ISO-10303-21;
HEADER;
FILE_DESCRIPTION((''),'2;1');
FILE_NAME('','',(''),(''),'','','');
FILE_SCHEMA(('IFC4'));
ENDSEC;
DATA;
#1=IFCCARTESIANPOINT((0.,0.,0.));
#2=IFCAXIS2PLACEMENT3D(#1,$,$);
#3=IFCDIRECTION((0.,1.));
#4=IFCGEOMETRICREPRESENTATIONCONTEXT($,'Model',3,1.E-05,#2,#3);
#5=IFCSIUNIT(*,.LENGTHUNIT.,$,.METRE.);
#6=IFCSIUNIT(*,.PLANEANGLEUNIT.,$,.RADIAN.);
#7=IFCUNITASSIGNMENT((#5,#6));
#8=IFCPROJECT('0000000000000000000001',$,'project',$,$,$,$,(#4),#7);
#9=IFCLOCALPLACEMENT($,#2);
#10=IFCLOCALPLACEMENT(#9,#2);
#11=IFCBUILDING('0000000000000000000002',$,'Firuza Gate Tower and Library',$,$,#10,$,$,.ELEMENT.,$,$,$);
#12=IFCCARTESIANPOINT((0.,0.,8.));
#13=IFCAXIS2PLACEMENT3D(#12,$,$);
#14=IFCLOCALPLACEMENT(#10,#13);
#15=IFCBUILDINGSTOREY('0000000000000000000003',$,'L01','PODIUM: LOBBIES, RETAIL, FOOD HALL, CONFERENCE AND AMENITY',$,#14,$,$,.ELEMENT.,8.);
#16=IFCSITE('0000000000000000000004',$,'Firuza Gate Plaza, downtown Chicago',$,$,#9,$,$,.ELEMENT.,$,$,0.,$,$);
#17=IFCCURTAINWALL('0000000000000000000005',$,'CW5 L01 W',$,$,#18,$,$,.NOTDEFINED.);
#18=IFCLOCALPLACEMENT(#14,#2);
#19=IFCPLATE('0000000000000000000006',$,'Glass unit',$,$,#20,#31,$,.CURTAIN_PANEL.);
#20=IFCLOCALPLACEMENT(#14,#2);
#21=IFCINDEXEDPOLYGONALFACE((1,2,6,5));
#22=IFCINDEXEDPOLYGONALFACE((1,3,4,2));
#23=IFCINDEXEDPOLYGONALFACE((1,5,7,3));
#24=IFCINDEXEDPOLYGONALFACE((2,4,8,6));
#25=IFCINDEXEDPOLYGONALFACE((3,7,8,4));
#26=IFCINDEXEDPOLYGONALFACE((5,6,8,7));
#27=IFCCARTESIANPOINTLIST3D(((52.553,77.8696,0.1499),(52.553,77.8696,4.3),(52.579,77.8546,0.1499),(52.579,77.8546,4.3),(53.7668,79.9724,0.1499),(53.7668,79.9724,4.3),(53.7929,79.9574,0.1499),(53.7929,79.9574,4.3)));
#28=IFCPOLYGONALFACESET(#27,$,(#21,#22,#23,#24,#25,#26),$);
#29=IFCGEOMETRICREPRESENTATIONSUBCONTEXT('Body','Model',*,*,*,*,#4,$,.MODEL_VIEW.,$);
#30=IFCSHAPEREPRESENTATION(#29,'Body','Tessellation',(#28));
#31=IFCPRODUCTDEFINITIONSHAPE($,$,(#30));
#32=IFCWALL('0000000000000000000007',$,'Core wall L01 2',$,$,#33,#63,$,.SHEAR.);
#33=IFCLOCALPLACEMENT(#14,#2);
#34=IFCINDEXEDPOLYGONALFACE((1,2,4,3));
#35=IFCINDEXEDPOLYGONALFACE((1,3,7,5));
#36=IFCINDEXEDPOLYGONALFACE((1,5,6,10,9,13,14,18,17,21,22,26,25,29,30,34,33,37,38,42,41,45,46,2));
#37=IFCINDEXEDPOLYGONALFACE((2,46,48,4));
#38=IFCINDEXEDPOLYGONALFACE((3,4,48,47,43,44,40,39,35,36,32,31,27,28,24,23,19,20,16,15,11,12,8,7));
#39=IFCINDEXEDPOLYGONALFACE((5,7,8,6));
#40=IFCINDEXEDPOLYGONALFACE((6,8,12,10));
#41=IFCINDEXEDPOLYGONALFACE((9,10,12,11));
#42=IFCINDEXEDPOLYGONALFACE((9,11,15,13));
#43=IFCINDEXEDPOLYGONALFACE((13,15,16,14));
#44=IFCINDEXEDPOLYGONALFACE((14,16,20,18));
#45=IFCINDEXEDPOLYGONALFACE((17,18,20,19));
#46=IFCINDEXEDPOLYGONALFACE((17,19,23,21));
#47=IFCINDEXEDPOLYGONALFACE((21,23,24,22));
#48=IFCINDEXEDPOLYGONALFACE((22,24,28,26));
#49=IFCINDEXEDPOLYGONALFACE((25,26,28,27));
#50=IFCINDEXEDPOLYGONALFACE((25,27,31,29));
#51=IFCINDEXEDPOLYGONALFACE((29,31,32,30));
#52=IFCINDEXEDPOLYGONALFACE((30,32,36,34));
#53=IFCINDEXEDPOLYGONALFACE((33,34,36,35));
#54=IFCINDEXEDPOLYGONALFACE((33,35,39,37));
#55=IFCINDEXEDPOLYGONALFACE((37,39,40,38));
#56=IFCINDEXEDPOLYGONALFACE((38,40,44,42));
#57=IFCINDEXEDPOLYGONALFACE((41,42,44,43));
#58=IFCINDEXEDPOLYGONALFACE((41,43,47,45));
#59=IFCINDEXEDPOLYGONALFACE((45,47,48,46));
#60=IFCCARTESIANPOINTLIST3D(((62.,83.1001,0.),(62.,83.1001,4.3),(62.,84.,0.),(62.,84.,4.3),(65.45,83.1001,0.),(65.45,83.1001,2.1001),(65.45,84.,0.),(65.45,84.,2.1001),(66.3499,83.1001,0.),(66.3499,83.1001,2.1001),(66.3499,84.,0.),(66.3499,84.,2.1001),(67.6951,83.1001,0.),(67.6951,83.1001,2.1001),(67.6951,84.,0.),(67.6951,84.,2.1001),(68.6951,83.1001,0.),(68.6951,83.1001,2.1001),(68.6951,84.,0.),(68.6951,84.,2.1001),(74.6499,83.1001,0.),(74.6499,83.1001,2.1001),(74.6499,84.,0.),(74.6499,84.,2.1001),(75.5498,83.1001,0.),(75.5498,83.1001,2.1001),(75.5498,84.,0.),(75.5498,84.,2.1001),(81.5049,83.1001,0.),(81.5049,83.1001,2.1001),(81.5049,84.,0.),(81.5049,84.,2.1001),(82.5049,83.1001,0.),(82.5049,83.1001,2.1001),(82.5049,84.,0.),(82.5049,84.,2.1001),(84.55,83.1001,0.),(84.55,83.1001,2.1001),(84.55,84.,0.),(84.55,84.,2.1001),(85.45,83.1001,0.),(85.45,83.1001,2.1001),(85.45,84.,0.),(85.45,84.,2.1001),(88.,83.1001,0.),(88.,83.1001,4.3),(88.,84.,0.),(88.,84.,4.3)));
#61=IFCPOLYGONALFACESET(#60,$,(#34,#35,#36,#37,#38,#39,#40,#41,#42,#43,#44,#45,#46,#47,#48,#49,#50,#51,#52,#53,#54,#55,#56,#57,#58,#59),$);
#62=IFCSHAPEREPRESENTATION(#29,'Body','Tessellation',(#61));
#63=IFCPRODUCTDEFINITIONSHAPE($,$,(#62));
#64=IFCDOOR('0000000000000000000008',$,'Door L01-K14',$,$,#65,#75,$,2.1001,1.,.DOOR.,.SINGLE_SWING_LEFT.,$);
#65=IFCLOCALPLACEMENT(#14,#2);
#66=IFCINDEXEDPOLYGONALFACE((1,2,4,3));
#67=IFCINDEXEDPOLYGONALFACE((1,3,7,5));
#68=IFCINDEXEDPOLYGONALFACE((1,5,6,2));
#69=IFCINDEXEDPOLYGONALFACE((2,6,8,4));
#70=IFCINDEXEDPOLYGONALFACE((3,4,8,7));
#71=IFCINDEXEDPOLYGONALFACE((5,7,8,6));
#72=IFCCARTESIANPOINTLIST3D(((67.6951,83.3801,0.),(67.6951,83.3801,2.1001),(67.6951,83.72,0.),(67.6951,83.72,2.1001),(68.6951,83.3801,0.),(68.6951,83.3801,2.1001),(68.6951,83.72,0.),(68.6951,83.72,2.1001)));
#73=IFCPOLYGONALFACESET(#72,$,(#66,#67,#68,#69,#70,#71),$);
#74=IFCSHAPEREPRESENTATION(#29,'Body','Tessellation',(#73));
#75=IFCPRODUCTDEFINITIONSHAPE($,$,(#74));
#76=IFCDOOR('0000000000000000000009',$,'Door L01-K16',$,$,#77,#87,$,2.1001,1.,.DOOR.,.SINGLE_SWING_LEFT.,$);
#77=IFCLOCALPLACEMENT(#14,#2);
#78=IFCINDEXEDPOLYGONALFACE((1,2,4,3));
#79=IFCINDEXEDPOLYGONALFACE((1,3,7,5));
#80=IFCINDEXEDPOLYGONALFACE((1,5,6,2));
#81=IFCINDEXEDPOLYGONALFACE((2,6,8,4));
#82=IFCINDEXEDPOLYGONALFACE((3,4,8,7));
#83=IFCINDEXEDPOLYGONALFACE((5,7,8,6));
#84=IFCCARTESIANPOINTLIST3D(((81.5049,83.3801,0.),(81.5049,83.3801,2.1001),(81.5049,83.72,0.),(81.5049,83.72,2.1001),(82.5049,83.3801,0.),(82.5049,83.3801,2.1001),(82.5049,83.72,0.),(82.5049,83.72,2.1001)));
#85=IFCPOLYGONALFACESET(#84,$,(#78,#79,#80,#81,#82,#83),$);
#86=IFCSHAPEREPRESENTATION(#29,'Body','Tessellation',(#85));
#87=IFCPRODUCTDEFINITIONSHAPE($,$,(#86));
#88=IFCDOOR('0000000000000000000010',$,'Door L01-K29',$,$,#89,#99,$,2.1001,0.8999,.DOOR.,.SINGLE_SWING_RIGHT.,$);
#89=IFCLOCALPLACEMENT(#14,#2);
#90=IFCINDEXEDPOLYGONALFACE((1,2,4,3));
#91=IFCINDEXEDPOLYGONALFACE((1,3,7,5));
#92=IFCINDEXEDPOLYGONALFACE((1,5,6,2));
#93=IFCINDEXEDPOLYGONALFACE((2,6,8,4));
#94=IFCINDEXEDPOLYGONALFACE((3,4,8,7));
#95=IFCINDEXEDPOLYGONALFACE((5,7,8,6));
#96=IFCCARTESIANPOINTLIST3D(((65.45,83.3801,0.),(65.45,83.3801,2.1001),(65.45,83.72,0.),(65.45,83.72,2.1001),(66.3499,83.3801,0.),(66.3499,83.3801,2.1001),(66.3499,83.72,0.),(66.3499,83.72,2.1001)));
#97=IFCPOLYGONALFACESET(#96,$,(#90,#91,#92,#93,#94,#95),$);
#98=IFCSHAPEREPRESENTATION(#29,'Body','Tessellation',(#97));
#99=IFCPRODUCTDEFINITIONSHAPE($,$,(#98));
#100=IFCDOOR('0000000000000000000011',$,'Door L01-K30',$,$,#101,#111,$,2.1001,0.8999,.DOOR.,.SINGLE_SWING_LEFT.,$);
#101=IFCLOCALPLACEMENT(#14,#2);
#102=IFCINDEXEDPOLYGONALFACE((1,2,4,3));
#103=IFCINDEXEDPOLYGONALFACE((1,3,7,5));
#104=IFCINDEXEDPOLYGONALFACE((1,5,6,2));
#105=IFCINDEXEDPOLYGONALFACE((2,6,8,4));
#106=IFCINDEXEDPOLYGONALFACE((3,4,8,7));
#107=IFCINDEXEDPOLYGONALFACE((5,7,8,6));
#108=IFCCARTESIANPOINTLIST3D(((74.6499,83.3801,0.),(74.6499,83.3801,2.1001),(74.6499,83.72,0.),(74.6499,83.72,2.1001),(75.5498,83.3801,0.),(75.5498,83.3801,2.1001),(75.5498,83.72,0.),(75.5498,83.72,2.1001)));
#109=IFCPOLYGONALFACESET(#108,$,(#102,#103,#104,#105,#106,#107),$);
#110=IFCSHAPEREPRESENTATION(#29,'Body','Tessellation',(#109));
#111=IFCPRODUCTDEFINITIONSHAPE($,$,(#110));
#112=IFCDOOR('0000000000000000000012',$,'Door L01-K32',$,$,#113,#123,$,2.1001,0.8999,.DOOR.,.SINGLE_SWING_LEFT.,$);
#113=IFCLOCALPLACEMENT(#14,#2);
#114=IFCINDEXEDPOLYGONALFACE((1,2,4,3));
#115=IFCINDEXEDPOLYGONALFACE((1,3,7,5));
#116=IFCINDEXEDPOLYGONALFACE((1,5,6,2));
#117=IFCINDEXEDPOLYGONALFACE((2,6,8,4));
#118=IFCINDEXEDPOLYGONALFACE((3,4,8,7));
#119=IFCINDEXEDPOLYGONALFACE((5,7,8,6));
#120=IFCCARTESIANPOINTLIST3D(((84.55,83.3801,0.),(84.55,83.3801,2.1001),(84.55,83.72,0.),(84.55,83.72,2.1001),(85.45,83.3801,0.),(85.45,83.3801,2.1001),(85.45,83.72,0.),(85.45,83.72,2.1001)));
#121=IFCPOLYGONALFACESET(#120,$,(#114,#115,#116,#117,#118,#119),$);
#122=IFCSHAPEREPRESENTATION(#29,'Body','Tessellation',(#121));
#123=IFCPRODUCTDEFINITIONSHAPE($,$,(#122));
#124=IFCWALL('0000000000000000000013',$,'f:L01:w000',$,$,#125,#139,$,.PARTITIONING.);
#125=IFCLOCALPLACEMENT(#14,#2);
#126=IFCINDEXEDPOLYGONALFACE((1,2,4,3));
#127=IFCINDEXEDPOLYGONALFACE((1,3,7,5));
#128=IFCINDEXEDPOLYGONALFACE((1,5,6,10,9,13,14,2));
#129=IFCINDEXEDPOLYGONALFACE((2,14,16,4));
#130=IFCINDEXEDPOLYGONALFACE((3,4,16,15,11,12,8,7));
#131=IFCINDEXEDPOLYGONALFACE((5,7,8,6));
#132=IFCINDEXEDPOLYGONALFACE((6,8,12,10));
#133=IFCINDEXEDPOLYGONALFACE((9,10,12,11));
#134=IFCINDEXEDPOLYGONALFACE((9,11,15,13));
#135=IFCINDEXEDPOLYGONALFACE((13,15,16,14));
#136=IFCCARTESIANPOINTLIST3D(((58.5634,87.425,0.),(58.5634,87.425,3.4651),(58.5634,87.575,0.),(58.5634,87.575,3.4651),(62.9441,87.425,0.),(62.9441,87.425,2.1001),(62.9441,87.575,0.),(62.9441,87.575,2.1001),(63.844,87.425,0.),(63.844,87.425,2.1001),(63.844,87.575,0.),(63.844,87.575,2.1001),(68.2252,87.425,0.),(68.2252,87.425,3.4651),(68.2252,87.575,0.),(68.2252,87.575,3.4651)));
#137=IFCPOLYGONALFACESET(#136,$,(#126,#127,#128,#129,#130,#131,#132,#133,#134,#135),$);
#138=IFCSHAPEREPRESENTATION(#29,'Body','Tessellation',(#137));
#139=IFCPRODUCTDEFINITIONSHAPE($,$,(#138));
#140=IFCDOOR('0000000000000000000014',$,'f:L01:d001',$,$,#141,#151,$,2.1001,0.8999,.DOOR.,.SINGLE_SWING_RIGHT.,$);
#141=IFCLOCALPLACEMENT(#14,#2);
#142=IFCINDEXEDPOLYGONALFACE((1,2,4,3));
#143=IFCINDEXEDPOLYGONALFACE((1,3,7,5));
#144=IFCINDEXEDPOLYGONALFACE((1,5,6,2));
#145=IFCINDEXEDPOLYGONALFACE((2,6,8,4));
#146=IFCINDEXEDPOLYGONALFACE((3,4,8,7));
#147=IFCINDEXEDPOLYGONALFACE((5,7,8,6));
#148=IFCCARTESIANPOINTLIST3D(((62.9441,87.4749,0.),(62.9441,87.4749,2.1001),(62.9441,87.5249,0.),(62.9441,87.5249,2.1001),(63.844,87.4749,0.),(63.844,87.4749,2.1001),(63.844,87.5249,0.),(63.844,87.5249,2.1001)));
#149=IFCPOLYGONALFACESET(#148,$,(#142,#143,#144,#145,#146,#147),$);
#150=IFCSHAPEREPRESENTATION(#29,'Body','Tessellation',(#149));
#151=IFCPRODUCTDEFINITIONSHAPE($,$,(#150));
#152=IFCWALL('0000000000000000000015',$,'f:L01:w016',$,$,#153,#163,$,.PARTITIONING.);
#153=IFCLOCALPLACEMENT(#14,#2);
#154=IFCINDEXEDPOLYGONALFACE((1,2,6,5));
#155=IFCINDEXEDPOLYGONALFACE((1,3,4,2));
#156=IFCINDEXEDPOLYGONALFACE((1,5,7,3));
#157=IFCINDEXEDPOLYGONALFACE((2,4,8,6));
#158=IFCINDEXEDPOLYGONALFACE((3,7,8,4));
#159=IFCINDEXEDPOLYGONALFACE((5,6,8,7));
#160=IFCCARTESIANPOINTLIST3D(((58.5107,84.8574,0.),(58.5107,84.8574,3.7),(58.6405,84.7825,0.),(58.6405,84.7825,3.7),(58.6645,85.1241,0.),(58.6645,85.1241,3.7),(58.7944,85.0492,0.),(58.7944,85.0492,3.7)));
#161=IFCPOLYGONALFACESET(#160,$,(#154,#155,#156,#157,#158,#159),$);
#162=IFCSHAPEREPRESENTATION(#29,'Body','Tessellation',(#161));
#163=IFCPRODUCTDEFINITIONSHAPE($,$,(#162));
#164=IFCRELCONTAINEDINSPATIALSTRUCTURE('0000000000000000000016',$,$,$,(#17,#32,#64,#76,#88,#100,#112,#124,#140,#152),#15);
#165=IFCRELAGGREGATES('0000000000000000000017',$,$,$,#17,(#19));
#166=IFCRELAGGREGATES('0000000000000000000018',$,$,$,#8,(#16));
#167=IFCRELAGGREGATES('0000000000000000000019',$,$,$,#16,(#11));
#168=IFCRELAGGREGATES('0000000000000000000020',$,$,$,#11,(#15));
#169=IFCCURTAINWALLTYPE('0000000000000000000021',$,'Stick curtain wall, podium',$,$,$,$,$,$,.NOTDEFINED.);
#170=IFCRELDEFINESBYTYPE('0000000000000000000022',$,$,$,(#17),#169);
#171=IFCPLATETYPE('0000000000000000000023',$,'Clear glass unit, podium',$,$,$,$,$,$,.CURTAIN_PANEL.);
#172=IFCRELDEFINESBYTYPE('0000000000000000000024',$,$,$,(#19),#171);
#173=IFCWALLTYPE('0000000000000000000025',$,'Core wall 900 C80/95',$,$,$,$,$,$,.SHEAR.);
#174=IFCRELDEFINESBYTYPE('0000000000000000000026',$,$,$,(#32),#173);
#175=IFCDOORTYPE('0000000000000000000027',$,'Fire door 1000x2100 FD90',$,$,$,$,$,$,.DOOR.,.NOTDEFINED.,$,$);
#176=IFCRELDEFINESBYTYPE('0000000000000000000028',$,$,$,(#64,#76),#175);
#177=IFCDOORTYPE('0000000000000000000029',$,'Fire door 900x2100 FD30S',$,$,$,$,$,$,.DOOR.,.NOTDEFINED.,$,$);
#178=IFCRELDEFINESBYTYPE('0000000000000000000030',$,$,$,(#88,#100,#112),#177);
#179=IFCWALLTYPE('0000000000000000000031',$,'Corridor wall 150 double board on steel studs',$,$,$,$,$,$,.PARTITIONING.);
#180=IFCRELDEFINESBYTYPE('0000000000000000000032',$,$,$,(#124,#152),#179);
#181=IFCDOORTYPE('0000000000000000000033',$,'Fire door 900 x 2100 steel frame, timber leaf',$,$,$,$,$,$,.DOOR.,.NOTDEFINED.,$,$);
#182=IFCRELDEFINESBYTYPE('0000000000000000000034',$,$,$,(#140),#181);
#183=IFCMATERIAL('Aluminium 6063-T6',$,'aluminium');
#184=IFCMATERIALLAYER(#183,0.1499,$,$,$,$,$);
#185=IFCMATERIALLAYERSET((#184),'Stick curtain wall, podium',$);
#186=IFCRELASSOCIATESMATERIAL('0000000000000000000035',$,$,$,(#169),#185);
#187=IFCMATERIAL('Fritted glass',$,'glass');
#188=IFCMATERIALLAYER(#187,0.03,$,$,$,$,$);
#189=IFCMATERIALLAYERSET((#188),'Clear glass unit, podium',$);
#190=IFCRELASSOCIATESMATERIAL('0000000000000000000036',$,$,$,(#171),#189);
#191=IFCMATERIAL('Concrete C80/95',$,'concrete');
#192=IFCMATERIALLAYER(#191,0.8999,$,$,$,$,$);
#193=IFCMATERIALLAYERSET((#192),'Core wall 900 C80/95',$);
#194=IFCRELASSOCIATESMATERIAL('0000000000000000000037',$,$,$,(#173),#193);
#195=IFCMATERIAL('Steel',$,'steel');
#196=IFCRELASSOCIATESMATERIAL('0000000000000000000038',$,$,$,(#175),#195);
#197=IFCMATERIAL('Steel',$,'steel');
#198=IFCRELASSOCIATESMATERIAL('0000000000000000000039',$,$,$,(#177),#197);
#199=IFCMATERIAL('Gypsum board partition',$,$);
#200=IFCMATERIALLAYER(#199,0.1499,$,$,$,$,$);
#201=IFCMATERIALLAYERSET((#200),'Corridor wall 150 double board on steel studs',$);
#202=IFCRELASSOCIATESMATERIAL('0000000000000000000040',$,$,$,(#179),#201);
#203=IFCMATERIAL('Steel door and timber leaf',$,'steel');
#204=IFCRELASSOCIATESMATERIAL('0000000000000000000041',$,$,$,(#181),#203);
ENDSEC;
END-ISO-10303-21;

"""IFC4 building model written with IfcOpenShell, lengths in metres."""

from ifc_helpers import new_model, si_unit, direction, frame, frame_2d, origin, place, context, subcontext, project, spatial, polyline, rectangle, outline, extrude, material, layer, layer_set, type_object, element, fill, aggregate, save


model = new_model("IFC4")

# Units and contexts
model_context = context("Model", 3, precision=1e-05, world=origin(), true_north=direction((0.0, 1.0)))
body_context = subcontext(model_context, "Body", "Model", "MODEL_VIEW")
ifc_project = project(units=[si_unit("LENGTHUNIT", "METRE"), si_unit("PLANEANGLEUNIT", "RADIAN")], contexts=[model_context])

# Site, building, storey
site_placement = place(None, origin())
site = spatial("IfcSite", under=ifc_project, at=site_placement, Name="Firuza Gate Plaza, downtown Chicago", CompositionType="ELEMENT", RefElevation=0.0)
building_placement = place(site_placement, origin())
building = spatial("IfcBuilding", under=site, at=building_placement, Name="Firuza Gate Tower and Library", CompositionType="ELEMENT")
storey_placement = place(building_placement, frame((0.0, 0.0, 8.0)))
storey = spatial("IfcBuildingStorey", under=building, at=storey_placement, Name="L01", Description="PODIUM: LOBBIES, RETAIL, FOOD HALL, CONFERENCE AND AMENITY", CompositionType="ELEMENT", Elevation=8.0)

# Curtain wall
ifc_material_1 = material(Name="Aluminium 6063-T6", Category="aluminium")
ifc_layer_1 = layer(ifc_material_1, 0.1499)
ifc_layer_set_1 = layer_set([ifc_layer_1], Name="Stick curtain wall, podium")
curtain_wall_type = type_object("IfcCurtainWallType", Name="Stick curtain wall, podium", PredefinedType="NOTDEFINED", material=ifc_layer_set_1)
curtain_wall_placement = place(storey_placement, origin())
curtain_wall = element("IfcCurtainWall", 1, at=curtain_wall_placement, inside=storey, type_object=curtain_wall_type, Name="CW5 L01 W", PredefinedType="NOTDEFINED")

# Plate
ifc_material_2 = material(Name="Fritted glass", Category="glass")
ifc_layer_2 = layer(ifc_material_2, 0.03)
ifc_layer_set_2 = layer_set([ifc_layer_2], Name="Clear glass unit, podium")
plate_type = type_object("IfcPlateType", Name="Clear glass unit, podium", PredefinedType="CURTAIN_PANEL", material=ifc_layer_set_2)
plate_1_placement = place(storey_placement, frame((53.7668, 79.9724, 0.1499), z_axis=(-0.866057, 0.499946, 0.0), x_axis=(-0.499946, -0.866057, 0.0)))
plate_1 = element("IfcPlate", 2, at=plate_1_placement, type_object=plate_type, Name="Glass unit", PredefinedType="CURTAIN_PANEL", context=body_context, shape_type="SweptSolid", body=[
    extrude(outline(polyline([(0.0, 0.0), (2.428, 0.0), (2.428, 4.1501), (0.0, 4.1501), (0.0, 0.0)])), origin(), (0.0, 0.0, -1.0), 0.03),
])
aggregate(curtain_wall, [plate_1])

# Wall, openings, doors
ifc_material_3 = material(Name="Concrete C80/95", Category="concrete")
ifc_layer_3 = layer(ifc_material_3, 0.8999)
ifc_layer_set_3 = layer_set([ifc_layer_3], Name="Core wall 900 C80/95")
wall_type_1 = type_object("IfcWallType", Name="Core wall 900 C80/95", PredefinedType="SHEAR", material=ifc_layer_set_3)
wall_1_placement = place(storey_placement, frame((62.0, 83.55, 0.0), z_axis=(0.0, 0.0, 1.0), x_axis=(1.0, 0.0, 0.0)))
wall_1 = element("IfcWall", 3, at=wall_1_placement, inside=storey, type_object=wall_type_1, Name="Core wall L01 2", PredefinedType="SHEAR", context=body_context, shape_type="SweptSolid", body=[
    extrude(rectangle(XDim=26.0, YDim=0.8999, at=frame_2d((13.0, 0.0))), origin(), (0.0, 0.0, 1.0), 4.3),
])
opening_1_placement = place(wall_1_placement, frame((5.6951, 0.0, 0.0)))
opening_1 = element("IfcOpeningElement", 4, at=opening_1_placement, cuts=wall_1, PredefinedType="OPENING", context=body_context, shape_type="SweptSolid", body=[
    extrude(rectangle(XDim=1.0, YDim=2.1001, at=frame_2d((0.5, 1.05))), frame((0.0, 0.46, 0.0), z_axis=(0.0, -1.0, 0.0), x_axis=(1.0, 0.0, 0.0)), (0.0, 0.0, 1.0), 0.9199),
])
opening_2_placement = place(wall_1_placement, frame((19.5049, 0.0, 0.0)))
opening_2 = element("IfcOpeningElement", 5, at=opening_2_placement, cuts=wall_1, PredefinedType="OPENING", context=body_context, shape_type="SweptSolid", body=[
    extrude(rectangle(XDim=1.0, YDim=2.1001, at=frame_2d((0.5, 1.05))), frame((0.0, 0.46, 0.0), z_axis=(0.0, -1.0, 0.0), x_axis=(1.0, 0.0, 0.0)), (0.0, 0.0, 1.0), 0.9199),
])
opening_3_placement = place(wall_1_placement, frame((3.45, 0.0, 0.0)))
opening_3 = element("IfcOpeningElement", 6, at=opening_3_placement, cuts=wall_1, PredefinedType="OPENING", context=body_context, shape_type="SweptSolid", body=[
    extrude(rectangle(XDim=0.8999, YDim=2.1001, at=frame_2d((0.45, 1.05))), frame((0.0, 0.46, 0.0), z_axis=(0.0, -1.0, 0.0), x_axis=(1.0, 0.0, 0.0)), (0.0, 0.0, 1.0), 0.9199),
])
opening_4_placement = place(wall_1_placement, frame((12.6499, 0.0, 0.0)))
opening_4 = element("IfcOpeningElement", 7, at=opening_4_placement, cuts=wall_1, PredefinedType="OPENING", context=body_context, shape_type="SweptSolid", body=[
    extrude(rectangle(XDim=0.8999, YDim=2.1001, at=frame_2d((0.45, 1.05))), frame((0.0, 0.46, 0.0), z_axis=(0.0, -1.0, 0.0), x_axis=(1.0, 0.0, 0.0)), (0.0, 0.0, 1.0), 0.9199),
])
opening_5_placement = place(wall_1_placement, frame((22.55, 0.0, 0.0)))
opening_5 = element("IfcOpeningElement", 8, at=opening_5_placement, cuts=wall_1, PredefinedType="OPENING", context=body_context, shape_type="SweptSolid", body=[
    extrude(rectangle(XDim=0.8999, YDim=2.1001, at=frame_2d((0.45, 1.05))), frame((0.0, 0.46, 0.0), z_axis=(0.0, -1.0, 0.0), x_axis=(1.0, 0.0, 0.0)), (0.0, 0.0, 1.0), 0.9199),
])
ifc_material_4 = material(Name="Steel", Category="steel")
door_type_1 = type_object("IfcDoorType", Name="Fire door 1000x2100 FD90", OperationType="NOTDEFINED", PredefinedType="DOOR", material=ifc_material_4)
door_1_placement = place(opening_1_placement, origin())
door_1 = element("IfcDoor", 9, at=door_1_placement, inside=storey, type_object=door_type_1, Name="Door L01-K14", OperationType="SINGLE_SWING_LEFT", OverallHeight=2.1001, OverallWidth=1.0, PredefinedType="DOOR", context=body_context, shape_type="SweptSolid", body=[
    extrude(rectangle(XDim=1.0, YDim=2.1001, at=frame_2d((0.5, 1.05))), frame((0.0, 0.1699, 0.0), z_axis=(0.0, -1.0, 0.0), x_axis=(1.0, 0.0, 0.0)), (0.0, 0.0, 1.0), 0.3398),
])
fill(opening_1, door_1)
door_2_placement = place(opening_2_placement, origin())
door_2 = element("IfcDoor", 10, at=door_2_placement, inside=storey, type_object=door_type_1, Name="Door L01-K16", OperationType="SINGLE_SWING_LEFT", OverallHeight=2.1001, OverallWidth=1.0, PredefinedType="DOOR", context=body_context, shape_type="SweptSolid", body=[
    extrude(rectangle(XDim=1.0, YDim=2.1001, at=frame_2d((0.5, 1.05))), frame((0.0, 0.1699, 0.0), z_axis=(0.0, -1.0, 0.0), x_axis=(1.0, 0.0, 0.0)), (0.0, 0.0, 1.0), 0.3398),
])
fill(opening_2, door_2)
ifc_material_5 = material(Name="Steel", Category="steel")
door_type_2 = type_object("IfcDoorType", Name="Fire door 900x2100 FD30S", OperationType="NOTDEFINED", PredefinedType="DOOR", material=ifc_material_5)
door_3_placement = place(opening_3_placement, origin())
door_3 = element("IfcDoor", 11, at=door_3_placement, inside=storey, type_object=door_type_2, Name="Door L01-K29", OperationType="SINGLE_SWING_RIGHT", OverallHeight=2.1001, OverallWidth=0.8999, PredefinedType="DOOR", context=body_context, shape_type="SweptSolid", body=[
    extrude(rectangle(XDim=0.8999, YDim=2.1001, at=frame_2d((0.45, 1.05))), frame((0.0, 0.1699, 0.0), z_axis=(0.0, -1.0, 0.0), x_axis=(1.0, 0.0, 0.0)), (0.0, 0.0, 1.0), 0.3398),
])
fill(opening_3, door_3)
door_4_placement = place(opening_4_placement, origin())
door_4 = element("IfcDoor", 12, at=door_4_placement, inside=storey, type_object=door_type_2, Name="Door L01-K30", OperationType="SINGLE_SWING_LEFT", OverallHeight=2.1001, OverallWidth=0.8999, PredefinedType="DOOR", context=body_context, shape_type="SweptSolid", body=[
    extrude(rectangle(XDim=0.8999, YDim=2.1001, at=frame_2d((0.45, 1.05))), frame((0.0, 0.1699, 0.0), z_axis=(0.0, -1.0, 0.0), x_axis=(1.0, 0.0, 0.0)), (0.0, 0.0, 1.0), 0.3398),
])
fill(opening_4, door_4)
door_5_placement = place(opening_5_placement, origin())
door_5 = element("IfcDoor", 13, at=door_5_placement, inside=storey, type_object=door_type_2, Name="Door L01-K32", OperationType="SINGLE_SWING_LEFT", OverallHeight=2.1001, OverallWidth=0.8999, PredefinedType="DOOR", context=body_context, shape_type="SweptSolid", body=[
    extrude(rectangle(XDim=0.8999, YDim=2.1001, at=frame_2d((0.45, 1.05))), frame((0.0, 0.1699, 0.0), z_axis=(0.0, -1.0, 0.0), x_axis=(1.0, 0.0, 0.0)), (0.0, 0.0, 1.0), 0.3398),
])
fill(opening_5, door_5)

# Wall, opening, door
ifc_material_6 = material(Name="Gypsum board partition")
ifc_layer_4 = layer(ifc_material_6, 0.1499)
ifc_layer_set_4 = layer_set([ifc_layer_4], Name="Corridor wall 150 double board on steel studs")
wall_type_2 = type_object("IfcWallType", Name="Corridor wall 150 double board on steel studs", PredefinedType="PARTITIONING", material=ifc_layer_set_4)
wall_2_placement = place(storey_placement, frame((58.5632, 87.5, 0.0), z_axis=(0.0, 0.0, 1.0), x_axis=(1.0, 0.0, 0.0)))
wall_2 = element("IfcWall", 14, at=wall_2_placement, inside=storey, type_object=wall_type_2, Name="f:L01:w000", PredefinedType="PARTITIONING", context=body_context, shape_type="SweptSolid", body=[
    extrude(rectangle(XDim=9.6619, YDim=0.1499, at=frame_2d((4.8311, 0.0))), origin(), (0.0, 0.0, 1.0), 3.4651),
])
opening_6_placement = place(wall_2_placement, frame((4.3809, 0.0, 0.0)))
opening_6 = element("IfcOpeningElement", 15, at=opening_6_placement, cuts=wall_2, PredefinedType="OPENING", context=body_context, shape_type="SweptSolid", body=[
    extrude(rectangle(XDim=0.8999, YDim=2.1001, at=frame_2d((0.45, 1.05))), frame((0.0, 0.085, 0.0), z_axis=(0.0, -1.0, 0.0), x_axis=(1.0, 0.0, 0.0)), (0.0, 0.0, 1.0), 0.1699),
])
ifc_material_7 = material(Name="Steel door and timber leaf", Category="steel")
door_type_3 = type_object("IfcDoorType", Name="Fire door 900 x 2100 steel frame, timber leaf", OperationType="NOTDEFINED", PredefinedType="DOOR", material=ifc_material_7)
door_6_placement = place(opening_6_placement, origin())
door_6 = element("IfcDoor", 16, at=door_6_placement, inside=storey, type_object=door_type_3, Name="f:L01:d001", OperationType="SINGLE_SWING_RIGHT", OverallHeight=2.1001, OverallWidth=0.8999, PredefinedType="DOOR", context=body_context, shape_type="SweptSolid", body=[
    extrude(rectangle(XDim=0.8999, YDim=2.1001, at=frame_2d((0.45, 1.05))), frame((0.0, 0.0249, 0.0), z_axis=(0.0, -1.0, 0.0), x_axis=(1.0, 0.0, 0.0)), (0.0, 0.0, 1.0), 0.05),
])
fill(opening_6, door_6)

# Wall
wall_3_placement = place(storey_placement, frame((58.5757, 84.8201, 0.0), z_axis=(0.0, 0.0, 1.0), x_axis=(0.499722, 0.866186, 0.0)))
element("IfcWall", 17, at=wall_3_placement, inside=storey, type_object=wall_type_2, Name="f:L01:w016", PredefinedType="PARTITIONING", context=body_context, shape_type="SweptSolid", body=[
    extrude(rectangle(XDim=0.3079, YDim=0.1499, at=frame_2d((0.1538, 0.0))), origin(), (0.0, 0.0, 1.0), 3.7),
])

save(model, "model.ifc")
